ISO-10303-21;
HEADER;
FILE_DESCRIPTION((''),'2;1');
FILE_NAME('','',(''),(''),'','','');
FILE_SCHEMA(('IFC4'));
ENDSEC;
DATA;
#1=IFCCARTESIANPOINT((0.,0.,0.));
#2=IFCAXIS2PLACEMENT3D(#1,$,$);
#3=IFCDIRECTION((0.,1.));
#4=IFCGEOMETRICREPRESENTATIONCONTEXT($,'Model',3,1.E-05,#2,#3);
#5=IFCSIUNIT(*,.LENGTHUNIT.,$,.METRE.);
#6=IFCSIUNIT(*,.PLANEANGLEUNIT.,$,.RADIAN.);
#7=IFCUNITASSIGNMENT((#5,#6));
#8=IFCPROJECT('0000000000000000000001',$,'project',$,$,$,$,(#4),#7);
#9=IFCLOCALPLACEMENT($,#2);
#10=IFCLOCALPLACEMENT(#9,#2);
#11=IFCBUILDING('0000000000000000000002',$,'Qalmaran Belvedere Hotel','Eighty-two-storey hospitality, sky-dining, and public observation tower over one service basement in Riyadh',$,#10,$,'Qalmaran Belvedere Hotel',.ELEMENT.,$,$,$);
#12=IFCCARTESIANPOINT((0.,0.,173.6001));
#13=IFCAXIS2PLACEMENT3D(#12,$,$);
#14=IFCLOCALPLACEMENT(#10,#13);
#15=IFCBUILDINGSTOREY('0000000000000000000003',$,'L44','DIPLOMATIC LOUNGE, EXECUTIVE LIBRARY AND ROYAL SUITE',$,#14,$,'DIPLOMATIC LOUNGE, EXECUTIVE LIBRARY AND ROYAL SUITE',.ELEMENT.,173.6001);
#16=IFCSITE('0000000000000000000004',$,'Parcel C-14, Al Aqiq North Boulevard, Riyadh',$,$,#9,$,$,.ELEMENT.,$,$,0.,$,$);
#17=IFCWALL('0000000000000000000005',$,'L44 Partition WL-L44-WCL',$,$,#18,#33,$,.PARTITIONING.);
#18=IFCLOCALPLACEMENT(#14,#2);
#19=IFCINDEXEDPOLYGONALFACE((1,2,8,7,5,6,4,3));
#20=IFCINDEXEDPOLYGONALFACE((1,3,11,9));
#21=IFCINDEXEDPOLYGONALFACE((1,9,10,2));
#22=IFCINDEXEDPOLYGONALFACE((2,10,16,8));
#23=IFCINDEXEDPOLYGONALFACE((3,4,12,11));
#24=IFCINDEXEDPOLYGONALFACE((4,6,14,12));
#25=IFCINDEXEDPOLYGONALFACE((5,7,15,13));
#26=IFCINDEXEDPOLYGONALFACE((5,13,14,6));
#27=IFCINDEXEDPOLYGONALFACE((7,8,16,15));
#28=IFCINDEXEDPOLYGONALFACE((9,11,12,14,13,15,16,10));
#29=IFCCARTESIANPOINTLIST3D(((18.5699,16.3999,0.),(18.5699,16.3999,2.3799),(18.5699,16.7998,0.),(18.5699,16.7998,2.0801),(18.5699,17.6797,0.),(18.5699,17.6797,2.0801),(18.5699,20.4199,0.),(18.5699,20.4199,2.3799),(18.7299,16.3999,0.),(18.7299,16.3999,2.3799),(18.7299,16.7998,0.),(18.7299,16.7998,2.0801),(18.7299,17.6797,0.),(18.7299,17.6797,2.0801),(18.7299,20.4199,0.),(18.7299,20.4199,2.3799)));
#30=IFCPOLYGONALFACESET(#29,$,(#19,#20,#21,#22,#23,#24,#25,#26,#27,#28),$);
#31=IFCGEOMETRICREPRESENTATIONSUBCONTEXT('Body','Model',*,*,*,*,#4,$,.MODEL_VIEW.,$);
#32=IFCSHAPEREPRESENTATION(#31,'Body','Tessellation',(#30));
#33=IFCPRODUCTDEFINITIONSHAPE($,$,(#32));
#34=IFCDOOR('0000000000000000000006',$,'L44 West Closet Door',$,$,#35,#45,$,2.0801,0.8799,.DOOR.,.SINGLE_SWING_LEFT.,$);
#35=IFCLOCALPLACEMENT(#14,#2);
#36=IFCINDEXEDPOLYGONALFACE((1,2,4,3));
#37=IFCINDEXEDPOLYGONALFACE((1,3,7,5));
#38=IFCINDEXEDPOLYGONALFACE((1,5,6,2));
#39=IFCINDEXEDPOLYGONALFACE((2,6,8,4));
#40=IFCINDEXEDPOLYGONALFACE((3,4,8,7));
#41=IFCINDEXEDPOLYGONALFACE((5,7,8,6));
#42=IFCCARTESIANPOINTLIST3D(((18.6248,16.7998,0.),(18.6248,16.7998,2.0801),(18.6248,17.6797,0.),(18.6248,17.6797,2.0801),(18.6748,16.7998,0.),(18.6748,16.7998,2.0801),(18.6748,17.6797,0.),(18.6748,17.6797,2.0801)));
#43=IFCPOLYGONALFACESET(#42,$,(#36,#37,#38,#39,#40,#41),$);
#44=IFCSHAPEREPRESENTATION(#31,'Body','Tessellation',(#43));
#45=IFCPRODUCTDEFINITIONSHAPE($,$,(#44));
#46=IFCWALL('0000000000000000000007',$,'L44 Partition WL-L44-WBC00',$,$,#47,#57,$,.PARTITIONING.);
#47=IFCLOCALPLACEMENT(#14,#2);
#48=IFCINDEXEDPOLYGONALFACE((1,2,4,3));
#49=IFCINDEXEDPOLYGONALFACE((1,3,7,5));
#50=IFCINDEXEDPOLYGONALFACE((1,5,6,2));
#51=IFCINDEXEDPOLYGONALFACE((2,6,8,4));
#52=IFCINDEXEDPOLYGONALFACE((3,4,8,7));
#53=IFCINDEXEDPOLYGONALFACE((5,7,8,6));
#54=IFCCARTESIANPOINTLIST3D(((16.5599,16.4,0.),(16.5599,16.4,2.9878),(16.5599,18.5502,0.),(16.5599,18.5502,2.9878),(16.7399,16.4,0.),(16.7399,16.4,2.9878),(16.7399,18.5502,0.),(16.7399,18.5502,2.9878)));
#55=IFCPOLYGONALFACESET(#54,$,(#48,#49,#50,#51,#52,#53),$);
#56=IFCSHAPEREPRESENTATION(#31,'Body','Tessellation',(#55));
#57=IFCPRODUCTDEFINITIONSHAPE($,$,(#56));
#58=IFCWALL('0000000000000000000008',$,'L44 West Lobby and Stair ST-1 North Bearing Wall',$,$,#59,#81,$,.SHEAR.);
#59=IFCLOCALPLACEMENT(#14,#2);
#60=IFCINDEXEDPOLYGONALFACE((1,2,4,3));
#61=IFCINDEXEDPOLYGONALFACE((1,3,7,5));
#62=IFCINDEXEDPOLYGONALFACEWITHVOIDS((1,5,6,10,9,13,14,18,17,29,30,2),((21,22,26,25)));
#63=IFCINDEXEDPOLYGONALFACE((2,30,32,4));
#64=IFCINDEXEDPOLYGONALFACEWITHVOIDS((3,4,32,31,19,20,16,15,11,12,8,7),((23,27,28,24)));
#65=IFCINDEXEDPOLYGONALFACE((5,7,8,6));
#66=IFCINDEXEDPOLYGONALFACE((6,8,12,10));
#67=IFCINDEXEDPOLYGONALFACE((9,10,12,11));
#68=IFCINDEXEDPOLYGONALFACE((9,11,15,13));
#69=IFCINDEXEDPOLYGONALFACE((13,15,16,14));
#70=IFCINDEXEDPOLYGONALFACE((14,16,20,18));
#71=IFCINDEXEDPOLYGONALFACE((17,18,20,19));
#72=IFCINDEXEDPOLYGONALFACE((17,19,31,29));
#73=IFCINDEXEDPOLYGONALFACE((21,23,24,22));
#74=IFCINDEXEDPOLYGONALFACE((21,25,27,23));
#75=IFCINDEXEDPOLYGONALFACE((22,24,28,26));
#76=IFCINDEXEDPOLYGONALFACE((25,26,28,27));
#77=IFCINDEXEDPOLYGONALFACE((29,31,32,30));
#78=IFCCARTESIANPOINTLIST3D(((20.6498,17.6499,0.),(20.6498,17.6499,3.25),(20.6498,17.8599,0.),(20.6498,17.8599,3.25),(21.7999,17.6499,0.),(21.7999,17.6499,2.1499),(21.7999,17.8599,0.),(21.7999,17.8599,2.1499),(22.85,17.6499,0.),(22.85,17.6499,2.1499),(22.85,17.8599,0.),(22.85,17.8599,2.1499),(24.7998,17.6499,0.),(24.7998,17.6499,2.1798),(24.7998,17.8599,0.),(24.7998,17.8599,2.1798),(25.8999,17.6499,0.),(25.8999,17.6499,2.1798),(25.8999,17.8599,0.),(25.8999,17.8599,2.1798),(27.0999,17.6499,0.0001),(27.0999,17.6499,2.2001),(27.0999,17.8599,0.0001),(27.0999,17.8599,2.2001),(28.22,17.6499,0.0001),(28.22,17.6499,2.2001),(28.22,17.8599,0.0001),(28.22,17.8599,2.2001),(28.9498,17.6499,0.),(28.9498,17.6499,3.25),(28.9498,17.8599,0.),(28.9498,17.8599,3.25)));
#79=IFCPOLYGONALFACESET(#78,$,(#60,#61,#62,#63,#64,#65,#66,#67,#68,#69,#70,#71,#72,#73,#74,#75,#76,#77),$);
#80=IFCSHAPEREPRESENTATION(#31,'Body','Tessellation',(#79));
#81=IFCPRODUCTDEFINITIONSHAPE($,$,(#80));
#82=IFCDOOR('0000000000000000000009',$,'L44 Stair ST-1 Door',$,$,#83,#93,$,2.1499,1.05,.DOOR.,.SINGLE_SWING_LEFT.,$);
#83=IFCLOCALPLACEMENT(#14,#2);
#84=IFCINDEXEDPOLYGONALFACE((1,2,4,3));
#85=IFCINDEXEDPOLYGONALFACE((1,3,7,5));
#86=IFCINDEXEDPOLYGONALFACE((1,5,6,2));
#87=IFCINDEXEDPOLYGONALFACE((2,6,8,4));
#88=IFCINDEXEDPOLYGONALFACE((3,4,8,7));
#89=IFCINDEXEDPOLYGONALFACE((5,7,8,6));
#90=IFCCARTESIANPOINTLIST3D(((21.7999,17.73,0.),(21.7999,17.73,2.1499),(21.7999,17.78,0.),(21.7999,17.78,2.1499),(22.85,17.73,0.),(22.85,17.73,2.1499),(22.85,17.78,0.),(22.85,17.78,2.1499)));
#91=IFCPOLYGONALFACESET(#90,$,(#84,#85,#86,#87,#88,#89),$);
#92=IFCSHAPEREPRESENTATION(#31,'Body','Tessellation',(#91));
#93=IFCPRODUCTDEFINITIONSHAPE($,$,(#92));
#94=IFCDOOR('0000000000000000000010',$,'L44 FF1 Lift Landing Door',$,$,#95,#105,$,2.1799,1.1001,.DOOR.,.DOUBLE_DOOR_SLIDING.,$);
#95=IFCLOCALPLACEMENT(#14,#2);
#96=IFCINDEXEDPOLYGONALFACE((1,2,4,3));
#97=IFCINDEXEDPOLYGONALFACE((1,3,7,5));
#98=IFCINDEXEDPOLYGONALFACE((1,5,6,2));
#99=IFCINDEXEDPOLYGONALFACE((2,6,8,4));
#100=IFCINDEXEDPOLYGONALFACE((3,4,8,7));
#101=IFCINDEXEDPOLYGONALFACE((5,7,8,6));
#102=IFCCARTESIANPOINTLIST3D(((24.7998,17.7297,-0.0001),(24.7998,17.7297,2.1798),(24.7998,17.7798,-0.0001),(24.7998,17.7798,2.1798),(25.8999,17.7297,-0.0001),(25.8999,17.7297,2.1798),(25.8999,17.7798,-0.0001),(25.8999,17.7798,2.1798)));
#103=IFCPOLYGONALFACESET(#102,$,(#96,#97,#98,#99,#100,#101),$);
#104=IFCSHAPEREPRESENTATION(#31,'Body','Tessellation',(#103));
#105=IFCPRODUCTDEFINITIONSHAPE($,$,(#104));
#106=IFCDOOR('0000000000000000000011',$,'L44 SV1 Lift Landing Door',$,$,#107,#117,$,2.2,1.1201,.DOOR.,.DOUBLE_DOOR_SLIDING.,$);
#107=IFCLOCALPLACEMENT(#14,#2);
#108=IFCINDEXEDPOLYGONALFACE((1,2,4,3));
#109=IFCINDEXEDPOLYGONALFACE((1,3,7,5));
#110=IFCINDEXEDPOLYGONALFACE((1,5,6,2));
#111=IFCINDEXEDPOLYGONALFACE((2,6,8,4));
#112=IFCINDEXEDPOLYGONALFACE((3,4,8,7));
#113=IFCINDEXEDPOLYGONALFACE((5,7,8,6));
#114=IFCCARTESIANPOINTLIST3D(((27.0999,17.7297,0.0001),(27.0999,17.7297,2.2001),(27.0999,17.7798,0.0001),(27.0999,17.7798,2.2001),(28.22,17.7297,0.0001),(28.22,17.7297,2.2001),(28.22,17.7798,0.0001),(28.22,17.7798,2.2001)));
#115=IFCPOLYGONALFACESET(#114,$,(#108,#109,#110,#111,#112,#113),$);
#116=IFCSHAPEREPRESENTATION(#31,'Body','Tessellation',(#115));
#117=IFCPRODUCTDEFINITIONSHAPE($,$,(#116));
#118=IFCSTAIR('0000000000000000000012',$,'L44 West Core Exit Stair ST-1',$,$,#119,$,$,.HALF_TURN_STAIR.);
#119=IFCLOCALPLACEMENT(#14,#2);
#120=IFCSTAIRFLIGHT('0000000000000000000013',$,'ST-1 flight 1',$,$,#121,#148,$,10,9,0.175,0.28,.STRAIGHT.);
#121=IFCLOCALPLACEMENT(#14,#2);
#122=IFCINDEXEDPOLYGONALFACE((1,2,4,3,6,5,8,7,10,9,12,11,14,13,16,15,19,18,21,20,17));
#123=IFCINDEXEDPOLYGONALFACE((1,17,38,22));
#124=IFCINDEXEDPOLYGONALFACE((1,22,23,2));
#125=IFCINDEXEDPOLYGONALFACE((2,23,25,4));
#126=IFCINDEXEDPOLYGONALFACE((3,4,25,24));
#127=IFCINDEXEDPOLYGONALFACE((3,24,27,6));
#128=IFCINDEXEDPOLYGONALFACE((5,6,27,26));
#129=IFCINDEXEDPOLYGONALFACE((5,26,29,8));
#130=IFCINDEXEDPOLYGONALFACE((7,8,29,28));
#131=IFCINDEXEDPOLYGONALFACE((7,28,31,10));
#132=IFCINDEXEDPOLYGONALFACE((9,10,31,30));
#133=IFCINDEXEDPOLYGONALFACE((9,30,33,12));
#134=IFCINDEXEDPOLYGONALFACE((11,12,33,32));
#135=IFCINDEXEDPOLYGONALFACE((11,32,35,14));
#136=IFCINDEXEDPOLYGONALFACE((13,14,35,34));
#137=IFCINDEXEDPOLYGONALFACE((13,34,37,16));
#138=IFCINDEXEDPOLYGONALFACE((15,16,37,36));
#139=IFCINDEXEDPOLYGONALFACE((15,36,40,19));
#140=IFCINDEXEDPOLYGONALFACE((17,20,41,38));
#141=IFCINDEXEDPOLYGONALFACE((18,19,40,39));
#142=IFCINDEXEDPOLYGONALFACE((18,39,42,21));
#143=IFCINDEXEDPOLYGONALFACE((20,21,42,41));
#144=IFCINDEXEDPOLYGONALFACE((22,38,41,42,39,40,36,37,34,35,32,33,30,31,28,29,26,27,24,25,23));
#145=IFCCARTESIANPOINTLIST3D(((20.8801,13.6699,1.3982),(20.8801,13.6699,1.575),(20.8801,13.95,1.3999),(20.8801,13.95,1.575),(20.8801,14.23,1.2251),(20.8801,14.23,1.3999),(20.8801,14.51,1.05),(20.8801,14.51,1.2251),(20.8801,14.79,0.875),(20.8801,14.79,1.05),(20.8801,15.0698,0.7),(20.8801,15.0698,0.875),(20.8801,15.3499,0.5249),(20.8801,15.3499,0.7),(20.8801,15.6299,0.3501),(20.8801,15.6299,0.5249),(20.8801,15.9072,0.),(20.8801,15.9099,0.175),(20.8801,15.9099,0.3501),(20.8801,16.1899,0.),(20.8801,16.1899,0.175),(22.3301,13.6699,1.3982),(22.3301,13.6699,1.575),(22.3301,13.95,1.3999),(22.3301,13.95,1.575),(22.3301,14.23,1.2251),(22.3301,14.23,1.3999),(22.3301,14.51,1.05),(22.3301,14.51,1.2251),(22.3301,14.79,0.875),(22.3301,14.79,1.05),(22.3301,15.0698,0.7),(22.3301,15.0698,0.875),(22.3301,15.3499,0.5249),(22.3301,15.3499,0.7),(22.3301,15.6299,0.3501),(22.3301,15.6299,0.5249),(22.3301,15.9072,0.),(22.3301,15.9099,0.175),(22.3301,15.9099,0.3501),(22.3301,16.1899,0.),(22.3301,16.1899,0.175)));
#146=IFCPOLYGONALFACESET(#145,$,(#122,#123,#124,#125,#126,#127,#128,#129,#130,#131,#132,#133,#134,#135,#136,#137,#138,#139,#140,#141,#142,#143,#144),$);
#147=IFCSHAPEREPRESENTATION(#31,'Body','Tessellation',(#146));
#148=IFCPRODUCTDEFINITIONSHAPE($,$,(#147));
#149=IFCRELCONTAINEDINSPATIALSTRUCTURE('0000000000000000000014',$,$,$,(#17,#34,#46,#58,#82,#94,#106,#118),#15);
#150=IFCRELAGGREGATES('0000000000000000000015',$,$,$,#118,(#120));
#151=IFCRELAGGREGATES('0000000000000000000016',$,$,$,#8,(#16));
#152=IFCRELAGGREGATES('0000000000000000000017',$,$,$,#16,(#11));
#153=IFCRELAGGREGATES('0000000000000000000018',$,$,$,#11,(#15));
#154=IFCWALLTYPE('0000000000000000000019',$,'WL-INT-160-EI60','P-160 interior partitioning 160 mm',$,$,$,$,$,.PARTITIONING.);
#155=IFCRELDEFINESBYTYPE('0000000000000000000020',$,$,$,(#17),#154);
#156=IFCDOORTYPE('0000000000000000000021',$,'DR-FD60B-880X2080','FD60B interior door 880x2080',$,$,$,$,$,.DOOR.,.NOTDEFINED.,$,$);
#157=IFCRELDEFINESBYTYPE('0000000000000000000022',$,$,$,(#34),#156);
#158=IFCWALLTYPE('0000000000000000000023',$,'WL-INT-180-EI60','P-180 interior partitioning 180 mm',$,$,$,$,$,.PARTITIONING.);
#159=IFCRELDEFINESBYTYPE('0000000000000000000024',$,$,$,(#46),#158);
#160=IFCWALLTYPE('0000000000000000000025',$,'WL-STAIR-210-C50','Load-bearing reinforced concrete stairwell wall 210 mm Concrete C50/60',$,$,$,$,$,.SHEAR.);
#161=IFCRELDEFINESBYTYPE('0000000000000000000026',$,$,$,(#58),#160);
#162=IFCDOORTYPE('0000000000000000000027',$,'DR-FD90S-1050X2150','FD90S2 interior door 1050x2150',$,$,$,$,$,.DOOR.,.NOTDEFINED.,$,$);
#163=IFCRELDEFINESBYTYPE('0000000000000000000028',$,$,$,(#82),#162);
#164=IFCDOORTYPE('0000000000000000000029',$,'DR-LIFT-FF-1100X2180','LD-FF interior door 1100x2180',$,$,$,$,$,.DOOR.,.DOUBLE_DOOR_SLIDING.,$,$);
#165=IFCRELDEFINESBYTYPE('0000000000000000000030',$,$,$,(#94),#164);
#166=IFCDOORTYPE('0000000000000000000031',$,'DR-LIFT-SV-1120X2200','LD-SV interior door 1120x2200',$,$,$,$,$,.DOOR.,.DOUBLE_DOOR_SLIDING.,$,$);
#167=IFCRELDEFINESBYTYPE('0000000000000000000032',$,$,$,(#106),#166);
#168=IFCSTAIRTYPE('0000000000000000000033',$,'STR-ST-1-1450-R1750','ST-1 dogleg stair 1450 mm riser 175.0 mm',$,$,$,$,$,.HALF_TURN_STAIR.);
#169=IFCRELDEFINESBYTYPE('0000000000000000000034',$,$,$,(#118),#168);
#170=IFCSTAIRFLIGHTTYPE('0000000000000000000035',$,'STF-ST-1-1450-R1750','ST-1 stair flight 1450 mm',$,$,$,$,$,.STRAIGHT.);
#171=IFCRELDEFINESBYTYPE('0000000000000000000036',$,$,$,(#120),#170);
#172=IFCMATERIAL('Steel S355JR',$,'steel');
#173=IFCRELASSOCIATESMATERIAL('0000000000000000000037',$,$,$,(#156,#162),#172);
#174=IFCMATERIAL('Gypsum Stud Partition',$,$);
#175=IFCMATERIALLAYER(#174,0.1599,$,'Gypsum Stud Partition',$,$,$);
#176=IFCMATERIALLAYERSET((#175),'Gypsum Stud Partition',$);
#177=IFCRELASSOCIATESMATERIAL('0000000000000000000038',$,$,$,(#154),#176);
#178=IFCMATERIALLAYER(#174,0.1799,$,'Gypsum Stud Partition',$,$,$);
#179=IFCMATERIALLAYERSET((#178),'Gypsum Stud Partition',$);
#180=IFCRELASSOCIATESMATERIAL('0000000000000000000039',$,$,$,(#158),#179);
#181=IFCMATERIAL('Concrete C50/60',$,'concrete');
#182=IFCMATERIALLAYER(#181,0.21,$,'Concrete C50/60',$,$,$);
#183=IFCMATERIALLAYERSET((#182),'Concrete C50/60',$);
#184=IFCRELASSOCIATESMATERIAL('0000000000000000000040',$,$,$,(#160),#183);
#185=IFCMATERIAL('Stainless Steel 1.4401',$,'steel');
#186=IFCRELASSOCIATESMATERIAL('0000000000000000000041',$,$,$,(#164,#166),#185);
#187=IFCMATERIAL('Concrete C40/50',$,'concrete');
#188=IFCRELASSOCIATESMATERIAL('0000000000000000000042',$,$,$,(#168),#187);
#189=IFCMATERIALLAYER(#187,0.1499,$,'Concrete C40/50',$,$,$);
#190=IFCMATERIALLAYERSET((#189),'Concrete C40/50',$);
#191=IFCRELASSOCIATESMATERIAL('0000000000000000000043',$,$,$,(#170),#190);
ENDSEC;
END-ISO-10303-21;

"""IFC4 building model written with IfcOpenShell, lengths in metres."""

from ifc_helpers import new_model, si_unit, direction, frame, frame_2d, origin, place, context, subcontext, project, spatial, polyline, rectangle, outline, extrude, material, layer, layer_set, type_object, element, fill, aggregate, save


model = new_model("IFC4")

# Units and contexts
model_context = context("Model", 3, precision=1e-05, world=origin(), true_north=direction((0.0, 1.0)))
body_context = subcontext(model_context, "Body", "Model", "MODEL_VIEW")
ifc_project = project(units=[si_unit("LENGTHUNIT", "METRE"), si_unit("PLANEANGLEUNIT", "RADIAN")], contexts=[model_context])

# Site, building, storey
site_placement = place(None, origin())
site = spatial("IfcSite", under=ifc_project, at=site_placement, Name="Parcel C-14, Al Aqiq North Boulevard, Riyadh", CompositionType="ELEMENT", RefElevation=0.0)
building_placement = place(site_placement, origin())
building = spatial("IfcBuilding", under=site, at=building_placement, Name="Qalmaran Belvedere Hotel", Description="Eighty-two-storey hospitality, sky-dining, and public observation tower over one service basement in Riyadh", LongName="Qalmaran Belvedere Hotel", CompositionType="ELEMENT")
storey_placement = place(building_placement, frame((0.0, 0.0, 173.6001)))
storey = spatial("IfcBuildingStorey", under=building, at=storey_placement, Name="L44", Description="DIPLOMATIC LOUNGE, EXECUTIVE LIBRARY AND ROYAL SUITE", LongName="DIPLOMATIC LOUNGE, EXECUTIVE LIBRARY AND ROYAL SUITE", CompositionType="ELEMENT", Elevation=173.6001)

# Shared definitions
ifc_material_1 = material(Name="Gypsum Stud Partition")

# Shared definitions
ifc_material_2 = material(Name="Steel S355JR", Category="steel")
door_type_1 = type_object("IfcDoorType", Name="DR-FD60B-880X2080", Description="FD60B interior door 880x2080", OperationType="NOTDEFINED", PredefinedType="DOOR", material=ifc_material_2)

# Wall, opening, door
ifc_layer_1 = layer(ifc_material_1, 0.1599, Name="Gypsum Stud Partition")
ifc_layer_set_1 = layer_set([ifc_layer_1], Name="Gypsum Stud Partition")
wall_type_1 = type_object("IfcWallType", Name="WL-INT-160-EI60", Description="P-160 interior partitioning 160 mm", PredefinedType="PARTITIONING", material=ifc_layer_set_1)
wall_1_placement = place(storey_placement, frame((18.6499, 16.3999, 0.0), z_axis=(0.0, 0.0, 1.0), x_axis=(0.0, 1.0, 0.0)))
wall_1 = element("IfcWall", 1, at=wall_1_placement, inside=storey, type_object=wall_type_1, Name="L44 Partition WL-L44-WCL", PredefinedType="PARTITIONING", context=body_context, shape_type="SweptSolid", body=[
    extrude(rectangle(XDim=4.02, YDim=0.1599, at=frame_2d((2.01, 0.0))), origin(), (0.0, 0.0, 1.0), 2.3799),
])
opening_1_placement = place(wall_1_placement, frame((1.2798, 0.0, 0.0), z_axis=(0.0, 0.0, 1.0), x_axis=(-1.0, 0.0, 0.0)))
opening_1 = element("IfcOpeningElement", 2, at=opening_1_placement, cuts=wall_1, PredefinedType="OPENING", context=body_context, shape_type="SweptSolid", body=[
    extrude(rectangle(XDim=0.8799, YDim=2.0801, at=frame_2d((0.4399, 1.04))), frame((0.0, 0.0898, 0.0), z_axis=(0.0, -1.0, 0.0), x_axis=(1.0, 0.0, 0.0)), (0.0, 0.0, 1.0), 0.1799),
])
door_1_placement = place(opening_1_placement, origin())
door_1 = element("IfcDoor", 3, at=door_1_placement, inside=storey, type_object=door_type_1, Name="L44 West Closet Door", OperationType="SINGLE_SWING_LEFT", OverallHeight=2.0801, OverallWidth=0.8799, PredefinedType="DOOR", context=body_context, shape_type="SweptSolid", body=[
    extrude(rectangle(XDim=0.8799, YDim=2.0801, at=frame_2d((0.4399, 1.04))), frame((0.0, 0.0249, 0.0), z_axis=(0.0, -1.0, 0.0), x_axis=(1.0, 0.0, 0.0)), (0.0, 0.0, 1.0), 0.05),
])
fill(opening_1, door_1)

# Wall
ifc_layer_2 = layer(ifc_material_1, 0.1799, Name="Gypsum Stud Partition")
ifc_layer_set_2 = layer_set([ifc_layer_2], Name="Gypsum Stud Partition")
wall_type_2 = type_object("IfcWallType", Name="WL-INT-180-EI60", Description="P-180 interior partitioning 180 mm", PredefinedType="PARTITIONING", material=ifc_layer_set_2)
wall_2_placement = place(storey_placement, frame((16.6499, 16.3999, 0.0), z_axis=(0.0, 0.0, 1.0), x_axis=(0.0, 1.0, 0.0)))
element("IfcWall", 4, at=wall_2_placement, inside=storey, type_object=wall_type_2, Name="L44 Partition WL-L44-WBC00", PredefinedType="PARTITIONING", context=body_context, shape_type="SweptSolid", body=[
    extrude(rectangle(XDim=2.1501, YDim=0.1799, at=frame_2d((1.0752, 0.0))), origin(), (0.0, 0.0, 1.0), 2.9878),
])

# Wall, openings, doors
ifc_material_3 = material(Name="Concrete C50/60", Category="concrete")
ifc_layer_3 = layer(ifc_material_3, 0.21, Name="Concrete C50/60")
ifc_layer_set_3 = layer_set([ifc_layer_3], Name="Concrete C50/60")
wall_type_3 = type_object("IfcWallType", Name="WL-STAIR-210-C50", Description="Load-bearing reinforced concrete stairwell wall 210 mm Concrete C50/60", PredefinedType="SHEAR", material=ifc_layer_set_3)
wall_3_placement = place(storey_placement, frame((20.6499, 17.7549, 0.0), z_axis=(0.0, 0.0, 1.0), x_axis=(1.0, 0.0, 0.0)))
wall_3 = element("IfcWall", 5, at=wall_3_placement, inside=storey, type_object=wall_type_3, Name="L44 West Lobby and Stair ST-1 North Bearing Wall", PredefinedType="SHEAR", context=body_context, shape_type="SweptSolid", body=[
    extrude(rectangle(XDim=8.3, YDim=0.21, at=frame_2d((4.1499, 0.0))), origin(), (0.0, 0.0, 1.0), 3.25),
])
opening_2_placement = place(wall_3_placement, frame((2.2, 0.0, 0.0), z_axis=(0.0, 0.0, 1.0), x_axis=(-1.0, 0.0, 0.0)))
opening_2 = element("IfcOpeningElement", 6, at=opening_2_placement, cuts=wall_3, PredefinedType="OPENING", context=body_context, shape_type="SweptSolid", body=[
    extrude(rectangle(XDim=1.05, YDim=2.1499, at=frame_2d((0.5249, 1.075))), frame((0.0, 0.115, 0.0), z_axis=(0.0, -1.0, 0.0), x_axis=(1.0, 0.0, 0.0)), (0.0, 0.0, 1.0), 0.23),
])
opening_3_placement = place(wall_3_placement, frame((4.1499, 0.0, 0.0)))
opening_3 = element("IfcOpeningElement", 7, at=opening_3_placement, cuts=wall_3, PredefinedType="OPENING", context=body_context, shape_type="SweptSolid", body=[
    extrude(rectangle(XDim=1.1001, YDim=2.1799, at=frame_2d((0.55, 1.0898))), frame((0.0, 0.115, 0.0), z_axis=(0.0, -1.0, 0.0), x_axis=(1.0, 0.0, 0.0)), (0.0, 0.0, 1.0), 0.23),
])
opening_4_placement = place(wall_3_placement, frame((6.45, 0.0, 0.0)))
opening_4 = element("IfcOpeningElement", 8, at=opening_4_placement, cuts=wall_3, PredefinedType="OPENING", context=body_context, shape_type="SweptSolid", body=[
    extrude(rectangle(XDim=1.1201, YDim=2.2, at=frame_2d((0.5601, 1.1001))), frame((0.0, 0.115, 0.0), z_axis=(0.0, -1.0, 0.0), x_axis=(1.0, 0.0, 0.0)), (0.0, 0.0, 1.0), 0.23),
])
door_type_2 = type_object("IfcDoorType", Name="DR-FD90S-1050X2150", Description="FD90S2 interior door 1050x2150", OperationType="NOTDEFINED", PredefinedType="DOOR", material=ifc_material_2)
door_2_placement = place(opening_2_placement, origin())
door_2 = element("IfcDoor", 9, at=door_2_placement, inside=storey, type_object=door_type_2, Name="L44 Stair ST-1 Door", OperationType="SINGLE_SWING_LEFT", OverallHeight=2.1499, OverallWidth=1.05, PredefinedType="DOOR", context=body_context, shape_type="SweptSolid", body=[
    extrude(rectangle(XDim=1.05, YDim=2.1499, at=frame_2d((0.5249, 1.075))), frame((0.0, 0.0249, 0.0), z_axis=(0.0, -1.0, 0.0), x_axis=(1.0, 0.0, 0.0)), (0.0, 0.0, 1.0), 0.05),
])
fill(opening_2, door_2)
ifc_material_4 = material(Name="Stainless Steel 1.4401", Category="steel")
door_type_3 = type_object("IfcDoorType", Name="DR-LIFT-FF-1100X2180", Description="LD-FF interior door 1100x2180", OperationType="DOUBLE_DOOR_SLIDING", PredefinedType="DOOR", material=ifc_material_4)
door_3_placement = place(opening_3_placement, origin())
door_3 = element("IfcDoor", 10, at=door_3_placement, inside=storey, type_object=door_type_3, Name="L44 FF1 Lift Landing Door", OperationType="DOUBLE_DOOR_SLIDING", OverallHeight=2.1799, OverallWidth=1.1001, PredefinedType="DOOR", context=body_context, shape_type="SweptSolid", body=[
    extrude(rectangle(XDim=1.1001, YDim=2.1799, at=frame_2d((0.55, 1.0898))), frame((0.0, 0.0249, 0.0), z_axis=(0.0, -1.0, 0.0), x_axis=(1.0, 0.0, 0.0)), (0.0, 0.0, 1.0), 0.05),
])
fill(opening_3, door_3)
door_type_4 = type_object("IfcDoorType", Name="DR-LIFT-SV-1120X2200", Description="LD-SV interior door 1120x2200", OperationType="DOUBLE_DOOR_SLIDING", PredefinedType="DOOR", material=ifc_material_4)
door_4_placement = place(opening_4_placement, origin())
door_4 = element("IfcDoor", 11, at=door_4_placement, inside=storey, type_object=door_type_4, Name="L44 SV1 Lift Landing Door", OperationType="DOUBLE_DOOR_SLIDING", OverallHeight=2.2, OverallWidth=1.1201, PredefinedType="DOOR", context=body_context, shape_type="SweptSolid", body=[
    extrude(rectangle(XDim=1.1201, YDim=2.2, at=frame_2d((0.5601, 1.1001))), frame((0.0, 0.0249, 0.0), z_axis=(0.0, -1.0, 0.0), x_axis=(1.0, 0.0, 0.0)), (0.0, 0.0, 1.0), 0.05),
])
fill(opening_4, door_4)

# Stair, stair flight
ifc_material_5 = material(Name="Concrete C40/50", Category="concrete")
stair_type = type_object("IfcStairType", Name="STR-ST-1-1450-R1750", Description="ST-1 dogleg stair 1450 mm riser 175.0 mm", PredefinedType="HALF_TURN_STAIR", material=ifc_material_5)
stair_placement = place(storey_placement, origin())
stair = element("IfcStair", 12, at=stair_placement, inside=storey, type_object=stair_type, Name="L44 West Core Exit Stair ST-1", PredefinedType="HALF_TURN_STAIR")
ifc_layer_4 = layer(ifc_material_5, 0.1499, Name="Concrete C40/50")
ifc_layer_set_4 = layer_set([ifc_layer_4], Name="Concrete C40/50")
stair_flight_type = type_object("IfcStairFlightType", Name="STF-ST-1-1450-R1750", Description="ST-1 stair flight 1450 mm", PredefinedType="STRAIGHT", material=ifc_layer_set_4)
stair_flight_1_placement = place(storey_placement, frame((21.605, 16.1899, 0.0), z_axis=(0.0, 0.0, 1.0), x_axis=(0.0, -1.0, 0.0)))
stair_flight_1 = element("IfcStairFlight", 13, at=stair_flight_1_placement, type_object=stair_flight_type, Name="ST-1 flight 1", NumberOfRisers=10, NumberOfTreads=9, PredefinedType="STRAIGHT", RiserHeight=0.175, TreadLength=0.28, context=body_context, shape_type="SweptSolid", body=[
    extrude(outline(polyline([(0.0, 0.0), (0.0, 0.175), (0.28, 0.175), (0.28, 0.3501), (0.5601, 0.3501), (0.5601, 0.5249), (0.8401, 0.5249), (0.8401, 0.7), (1.1201, 0.7), (1.1201, 0.875), (1.3999, 0.875), (1.3999, 1.05), (1.6799, 1.05), (1.6799, 1.2251), (1.96, 1.2251), (1.96, 1.3999), (2.24, 1.3999), (2.24, 1.575), (2.52, 1.575), (2.52, 1.75), (2.52, 1.3982), (0.2827, 0.0), (0.0, 0.0)])), frame((0.0, 0.7251, 0.0), z_axis=(0.0, -1.0, 0.0), x_axis=(1.0, 0.0, 0.0)), (0.0, 0.0, 1.0), 1.45),
])
aggregate(stair, [stair_flight_1])

save(model, "model.ifc")
